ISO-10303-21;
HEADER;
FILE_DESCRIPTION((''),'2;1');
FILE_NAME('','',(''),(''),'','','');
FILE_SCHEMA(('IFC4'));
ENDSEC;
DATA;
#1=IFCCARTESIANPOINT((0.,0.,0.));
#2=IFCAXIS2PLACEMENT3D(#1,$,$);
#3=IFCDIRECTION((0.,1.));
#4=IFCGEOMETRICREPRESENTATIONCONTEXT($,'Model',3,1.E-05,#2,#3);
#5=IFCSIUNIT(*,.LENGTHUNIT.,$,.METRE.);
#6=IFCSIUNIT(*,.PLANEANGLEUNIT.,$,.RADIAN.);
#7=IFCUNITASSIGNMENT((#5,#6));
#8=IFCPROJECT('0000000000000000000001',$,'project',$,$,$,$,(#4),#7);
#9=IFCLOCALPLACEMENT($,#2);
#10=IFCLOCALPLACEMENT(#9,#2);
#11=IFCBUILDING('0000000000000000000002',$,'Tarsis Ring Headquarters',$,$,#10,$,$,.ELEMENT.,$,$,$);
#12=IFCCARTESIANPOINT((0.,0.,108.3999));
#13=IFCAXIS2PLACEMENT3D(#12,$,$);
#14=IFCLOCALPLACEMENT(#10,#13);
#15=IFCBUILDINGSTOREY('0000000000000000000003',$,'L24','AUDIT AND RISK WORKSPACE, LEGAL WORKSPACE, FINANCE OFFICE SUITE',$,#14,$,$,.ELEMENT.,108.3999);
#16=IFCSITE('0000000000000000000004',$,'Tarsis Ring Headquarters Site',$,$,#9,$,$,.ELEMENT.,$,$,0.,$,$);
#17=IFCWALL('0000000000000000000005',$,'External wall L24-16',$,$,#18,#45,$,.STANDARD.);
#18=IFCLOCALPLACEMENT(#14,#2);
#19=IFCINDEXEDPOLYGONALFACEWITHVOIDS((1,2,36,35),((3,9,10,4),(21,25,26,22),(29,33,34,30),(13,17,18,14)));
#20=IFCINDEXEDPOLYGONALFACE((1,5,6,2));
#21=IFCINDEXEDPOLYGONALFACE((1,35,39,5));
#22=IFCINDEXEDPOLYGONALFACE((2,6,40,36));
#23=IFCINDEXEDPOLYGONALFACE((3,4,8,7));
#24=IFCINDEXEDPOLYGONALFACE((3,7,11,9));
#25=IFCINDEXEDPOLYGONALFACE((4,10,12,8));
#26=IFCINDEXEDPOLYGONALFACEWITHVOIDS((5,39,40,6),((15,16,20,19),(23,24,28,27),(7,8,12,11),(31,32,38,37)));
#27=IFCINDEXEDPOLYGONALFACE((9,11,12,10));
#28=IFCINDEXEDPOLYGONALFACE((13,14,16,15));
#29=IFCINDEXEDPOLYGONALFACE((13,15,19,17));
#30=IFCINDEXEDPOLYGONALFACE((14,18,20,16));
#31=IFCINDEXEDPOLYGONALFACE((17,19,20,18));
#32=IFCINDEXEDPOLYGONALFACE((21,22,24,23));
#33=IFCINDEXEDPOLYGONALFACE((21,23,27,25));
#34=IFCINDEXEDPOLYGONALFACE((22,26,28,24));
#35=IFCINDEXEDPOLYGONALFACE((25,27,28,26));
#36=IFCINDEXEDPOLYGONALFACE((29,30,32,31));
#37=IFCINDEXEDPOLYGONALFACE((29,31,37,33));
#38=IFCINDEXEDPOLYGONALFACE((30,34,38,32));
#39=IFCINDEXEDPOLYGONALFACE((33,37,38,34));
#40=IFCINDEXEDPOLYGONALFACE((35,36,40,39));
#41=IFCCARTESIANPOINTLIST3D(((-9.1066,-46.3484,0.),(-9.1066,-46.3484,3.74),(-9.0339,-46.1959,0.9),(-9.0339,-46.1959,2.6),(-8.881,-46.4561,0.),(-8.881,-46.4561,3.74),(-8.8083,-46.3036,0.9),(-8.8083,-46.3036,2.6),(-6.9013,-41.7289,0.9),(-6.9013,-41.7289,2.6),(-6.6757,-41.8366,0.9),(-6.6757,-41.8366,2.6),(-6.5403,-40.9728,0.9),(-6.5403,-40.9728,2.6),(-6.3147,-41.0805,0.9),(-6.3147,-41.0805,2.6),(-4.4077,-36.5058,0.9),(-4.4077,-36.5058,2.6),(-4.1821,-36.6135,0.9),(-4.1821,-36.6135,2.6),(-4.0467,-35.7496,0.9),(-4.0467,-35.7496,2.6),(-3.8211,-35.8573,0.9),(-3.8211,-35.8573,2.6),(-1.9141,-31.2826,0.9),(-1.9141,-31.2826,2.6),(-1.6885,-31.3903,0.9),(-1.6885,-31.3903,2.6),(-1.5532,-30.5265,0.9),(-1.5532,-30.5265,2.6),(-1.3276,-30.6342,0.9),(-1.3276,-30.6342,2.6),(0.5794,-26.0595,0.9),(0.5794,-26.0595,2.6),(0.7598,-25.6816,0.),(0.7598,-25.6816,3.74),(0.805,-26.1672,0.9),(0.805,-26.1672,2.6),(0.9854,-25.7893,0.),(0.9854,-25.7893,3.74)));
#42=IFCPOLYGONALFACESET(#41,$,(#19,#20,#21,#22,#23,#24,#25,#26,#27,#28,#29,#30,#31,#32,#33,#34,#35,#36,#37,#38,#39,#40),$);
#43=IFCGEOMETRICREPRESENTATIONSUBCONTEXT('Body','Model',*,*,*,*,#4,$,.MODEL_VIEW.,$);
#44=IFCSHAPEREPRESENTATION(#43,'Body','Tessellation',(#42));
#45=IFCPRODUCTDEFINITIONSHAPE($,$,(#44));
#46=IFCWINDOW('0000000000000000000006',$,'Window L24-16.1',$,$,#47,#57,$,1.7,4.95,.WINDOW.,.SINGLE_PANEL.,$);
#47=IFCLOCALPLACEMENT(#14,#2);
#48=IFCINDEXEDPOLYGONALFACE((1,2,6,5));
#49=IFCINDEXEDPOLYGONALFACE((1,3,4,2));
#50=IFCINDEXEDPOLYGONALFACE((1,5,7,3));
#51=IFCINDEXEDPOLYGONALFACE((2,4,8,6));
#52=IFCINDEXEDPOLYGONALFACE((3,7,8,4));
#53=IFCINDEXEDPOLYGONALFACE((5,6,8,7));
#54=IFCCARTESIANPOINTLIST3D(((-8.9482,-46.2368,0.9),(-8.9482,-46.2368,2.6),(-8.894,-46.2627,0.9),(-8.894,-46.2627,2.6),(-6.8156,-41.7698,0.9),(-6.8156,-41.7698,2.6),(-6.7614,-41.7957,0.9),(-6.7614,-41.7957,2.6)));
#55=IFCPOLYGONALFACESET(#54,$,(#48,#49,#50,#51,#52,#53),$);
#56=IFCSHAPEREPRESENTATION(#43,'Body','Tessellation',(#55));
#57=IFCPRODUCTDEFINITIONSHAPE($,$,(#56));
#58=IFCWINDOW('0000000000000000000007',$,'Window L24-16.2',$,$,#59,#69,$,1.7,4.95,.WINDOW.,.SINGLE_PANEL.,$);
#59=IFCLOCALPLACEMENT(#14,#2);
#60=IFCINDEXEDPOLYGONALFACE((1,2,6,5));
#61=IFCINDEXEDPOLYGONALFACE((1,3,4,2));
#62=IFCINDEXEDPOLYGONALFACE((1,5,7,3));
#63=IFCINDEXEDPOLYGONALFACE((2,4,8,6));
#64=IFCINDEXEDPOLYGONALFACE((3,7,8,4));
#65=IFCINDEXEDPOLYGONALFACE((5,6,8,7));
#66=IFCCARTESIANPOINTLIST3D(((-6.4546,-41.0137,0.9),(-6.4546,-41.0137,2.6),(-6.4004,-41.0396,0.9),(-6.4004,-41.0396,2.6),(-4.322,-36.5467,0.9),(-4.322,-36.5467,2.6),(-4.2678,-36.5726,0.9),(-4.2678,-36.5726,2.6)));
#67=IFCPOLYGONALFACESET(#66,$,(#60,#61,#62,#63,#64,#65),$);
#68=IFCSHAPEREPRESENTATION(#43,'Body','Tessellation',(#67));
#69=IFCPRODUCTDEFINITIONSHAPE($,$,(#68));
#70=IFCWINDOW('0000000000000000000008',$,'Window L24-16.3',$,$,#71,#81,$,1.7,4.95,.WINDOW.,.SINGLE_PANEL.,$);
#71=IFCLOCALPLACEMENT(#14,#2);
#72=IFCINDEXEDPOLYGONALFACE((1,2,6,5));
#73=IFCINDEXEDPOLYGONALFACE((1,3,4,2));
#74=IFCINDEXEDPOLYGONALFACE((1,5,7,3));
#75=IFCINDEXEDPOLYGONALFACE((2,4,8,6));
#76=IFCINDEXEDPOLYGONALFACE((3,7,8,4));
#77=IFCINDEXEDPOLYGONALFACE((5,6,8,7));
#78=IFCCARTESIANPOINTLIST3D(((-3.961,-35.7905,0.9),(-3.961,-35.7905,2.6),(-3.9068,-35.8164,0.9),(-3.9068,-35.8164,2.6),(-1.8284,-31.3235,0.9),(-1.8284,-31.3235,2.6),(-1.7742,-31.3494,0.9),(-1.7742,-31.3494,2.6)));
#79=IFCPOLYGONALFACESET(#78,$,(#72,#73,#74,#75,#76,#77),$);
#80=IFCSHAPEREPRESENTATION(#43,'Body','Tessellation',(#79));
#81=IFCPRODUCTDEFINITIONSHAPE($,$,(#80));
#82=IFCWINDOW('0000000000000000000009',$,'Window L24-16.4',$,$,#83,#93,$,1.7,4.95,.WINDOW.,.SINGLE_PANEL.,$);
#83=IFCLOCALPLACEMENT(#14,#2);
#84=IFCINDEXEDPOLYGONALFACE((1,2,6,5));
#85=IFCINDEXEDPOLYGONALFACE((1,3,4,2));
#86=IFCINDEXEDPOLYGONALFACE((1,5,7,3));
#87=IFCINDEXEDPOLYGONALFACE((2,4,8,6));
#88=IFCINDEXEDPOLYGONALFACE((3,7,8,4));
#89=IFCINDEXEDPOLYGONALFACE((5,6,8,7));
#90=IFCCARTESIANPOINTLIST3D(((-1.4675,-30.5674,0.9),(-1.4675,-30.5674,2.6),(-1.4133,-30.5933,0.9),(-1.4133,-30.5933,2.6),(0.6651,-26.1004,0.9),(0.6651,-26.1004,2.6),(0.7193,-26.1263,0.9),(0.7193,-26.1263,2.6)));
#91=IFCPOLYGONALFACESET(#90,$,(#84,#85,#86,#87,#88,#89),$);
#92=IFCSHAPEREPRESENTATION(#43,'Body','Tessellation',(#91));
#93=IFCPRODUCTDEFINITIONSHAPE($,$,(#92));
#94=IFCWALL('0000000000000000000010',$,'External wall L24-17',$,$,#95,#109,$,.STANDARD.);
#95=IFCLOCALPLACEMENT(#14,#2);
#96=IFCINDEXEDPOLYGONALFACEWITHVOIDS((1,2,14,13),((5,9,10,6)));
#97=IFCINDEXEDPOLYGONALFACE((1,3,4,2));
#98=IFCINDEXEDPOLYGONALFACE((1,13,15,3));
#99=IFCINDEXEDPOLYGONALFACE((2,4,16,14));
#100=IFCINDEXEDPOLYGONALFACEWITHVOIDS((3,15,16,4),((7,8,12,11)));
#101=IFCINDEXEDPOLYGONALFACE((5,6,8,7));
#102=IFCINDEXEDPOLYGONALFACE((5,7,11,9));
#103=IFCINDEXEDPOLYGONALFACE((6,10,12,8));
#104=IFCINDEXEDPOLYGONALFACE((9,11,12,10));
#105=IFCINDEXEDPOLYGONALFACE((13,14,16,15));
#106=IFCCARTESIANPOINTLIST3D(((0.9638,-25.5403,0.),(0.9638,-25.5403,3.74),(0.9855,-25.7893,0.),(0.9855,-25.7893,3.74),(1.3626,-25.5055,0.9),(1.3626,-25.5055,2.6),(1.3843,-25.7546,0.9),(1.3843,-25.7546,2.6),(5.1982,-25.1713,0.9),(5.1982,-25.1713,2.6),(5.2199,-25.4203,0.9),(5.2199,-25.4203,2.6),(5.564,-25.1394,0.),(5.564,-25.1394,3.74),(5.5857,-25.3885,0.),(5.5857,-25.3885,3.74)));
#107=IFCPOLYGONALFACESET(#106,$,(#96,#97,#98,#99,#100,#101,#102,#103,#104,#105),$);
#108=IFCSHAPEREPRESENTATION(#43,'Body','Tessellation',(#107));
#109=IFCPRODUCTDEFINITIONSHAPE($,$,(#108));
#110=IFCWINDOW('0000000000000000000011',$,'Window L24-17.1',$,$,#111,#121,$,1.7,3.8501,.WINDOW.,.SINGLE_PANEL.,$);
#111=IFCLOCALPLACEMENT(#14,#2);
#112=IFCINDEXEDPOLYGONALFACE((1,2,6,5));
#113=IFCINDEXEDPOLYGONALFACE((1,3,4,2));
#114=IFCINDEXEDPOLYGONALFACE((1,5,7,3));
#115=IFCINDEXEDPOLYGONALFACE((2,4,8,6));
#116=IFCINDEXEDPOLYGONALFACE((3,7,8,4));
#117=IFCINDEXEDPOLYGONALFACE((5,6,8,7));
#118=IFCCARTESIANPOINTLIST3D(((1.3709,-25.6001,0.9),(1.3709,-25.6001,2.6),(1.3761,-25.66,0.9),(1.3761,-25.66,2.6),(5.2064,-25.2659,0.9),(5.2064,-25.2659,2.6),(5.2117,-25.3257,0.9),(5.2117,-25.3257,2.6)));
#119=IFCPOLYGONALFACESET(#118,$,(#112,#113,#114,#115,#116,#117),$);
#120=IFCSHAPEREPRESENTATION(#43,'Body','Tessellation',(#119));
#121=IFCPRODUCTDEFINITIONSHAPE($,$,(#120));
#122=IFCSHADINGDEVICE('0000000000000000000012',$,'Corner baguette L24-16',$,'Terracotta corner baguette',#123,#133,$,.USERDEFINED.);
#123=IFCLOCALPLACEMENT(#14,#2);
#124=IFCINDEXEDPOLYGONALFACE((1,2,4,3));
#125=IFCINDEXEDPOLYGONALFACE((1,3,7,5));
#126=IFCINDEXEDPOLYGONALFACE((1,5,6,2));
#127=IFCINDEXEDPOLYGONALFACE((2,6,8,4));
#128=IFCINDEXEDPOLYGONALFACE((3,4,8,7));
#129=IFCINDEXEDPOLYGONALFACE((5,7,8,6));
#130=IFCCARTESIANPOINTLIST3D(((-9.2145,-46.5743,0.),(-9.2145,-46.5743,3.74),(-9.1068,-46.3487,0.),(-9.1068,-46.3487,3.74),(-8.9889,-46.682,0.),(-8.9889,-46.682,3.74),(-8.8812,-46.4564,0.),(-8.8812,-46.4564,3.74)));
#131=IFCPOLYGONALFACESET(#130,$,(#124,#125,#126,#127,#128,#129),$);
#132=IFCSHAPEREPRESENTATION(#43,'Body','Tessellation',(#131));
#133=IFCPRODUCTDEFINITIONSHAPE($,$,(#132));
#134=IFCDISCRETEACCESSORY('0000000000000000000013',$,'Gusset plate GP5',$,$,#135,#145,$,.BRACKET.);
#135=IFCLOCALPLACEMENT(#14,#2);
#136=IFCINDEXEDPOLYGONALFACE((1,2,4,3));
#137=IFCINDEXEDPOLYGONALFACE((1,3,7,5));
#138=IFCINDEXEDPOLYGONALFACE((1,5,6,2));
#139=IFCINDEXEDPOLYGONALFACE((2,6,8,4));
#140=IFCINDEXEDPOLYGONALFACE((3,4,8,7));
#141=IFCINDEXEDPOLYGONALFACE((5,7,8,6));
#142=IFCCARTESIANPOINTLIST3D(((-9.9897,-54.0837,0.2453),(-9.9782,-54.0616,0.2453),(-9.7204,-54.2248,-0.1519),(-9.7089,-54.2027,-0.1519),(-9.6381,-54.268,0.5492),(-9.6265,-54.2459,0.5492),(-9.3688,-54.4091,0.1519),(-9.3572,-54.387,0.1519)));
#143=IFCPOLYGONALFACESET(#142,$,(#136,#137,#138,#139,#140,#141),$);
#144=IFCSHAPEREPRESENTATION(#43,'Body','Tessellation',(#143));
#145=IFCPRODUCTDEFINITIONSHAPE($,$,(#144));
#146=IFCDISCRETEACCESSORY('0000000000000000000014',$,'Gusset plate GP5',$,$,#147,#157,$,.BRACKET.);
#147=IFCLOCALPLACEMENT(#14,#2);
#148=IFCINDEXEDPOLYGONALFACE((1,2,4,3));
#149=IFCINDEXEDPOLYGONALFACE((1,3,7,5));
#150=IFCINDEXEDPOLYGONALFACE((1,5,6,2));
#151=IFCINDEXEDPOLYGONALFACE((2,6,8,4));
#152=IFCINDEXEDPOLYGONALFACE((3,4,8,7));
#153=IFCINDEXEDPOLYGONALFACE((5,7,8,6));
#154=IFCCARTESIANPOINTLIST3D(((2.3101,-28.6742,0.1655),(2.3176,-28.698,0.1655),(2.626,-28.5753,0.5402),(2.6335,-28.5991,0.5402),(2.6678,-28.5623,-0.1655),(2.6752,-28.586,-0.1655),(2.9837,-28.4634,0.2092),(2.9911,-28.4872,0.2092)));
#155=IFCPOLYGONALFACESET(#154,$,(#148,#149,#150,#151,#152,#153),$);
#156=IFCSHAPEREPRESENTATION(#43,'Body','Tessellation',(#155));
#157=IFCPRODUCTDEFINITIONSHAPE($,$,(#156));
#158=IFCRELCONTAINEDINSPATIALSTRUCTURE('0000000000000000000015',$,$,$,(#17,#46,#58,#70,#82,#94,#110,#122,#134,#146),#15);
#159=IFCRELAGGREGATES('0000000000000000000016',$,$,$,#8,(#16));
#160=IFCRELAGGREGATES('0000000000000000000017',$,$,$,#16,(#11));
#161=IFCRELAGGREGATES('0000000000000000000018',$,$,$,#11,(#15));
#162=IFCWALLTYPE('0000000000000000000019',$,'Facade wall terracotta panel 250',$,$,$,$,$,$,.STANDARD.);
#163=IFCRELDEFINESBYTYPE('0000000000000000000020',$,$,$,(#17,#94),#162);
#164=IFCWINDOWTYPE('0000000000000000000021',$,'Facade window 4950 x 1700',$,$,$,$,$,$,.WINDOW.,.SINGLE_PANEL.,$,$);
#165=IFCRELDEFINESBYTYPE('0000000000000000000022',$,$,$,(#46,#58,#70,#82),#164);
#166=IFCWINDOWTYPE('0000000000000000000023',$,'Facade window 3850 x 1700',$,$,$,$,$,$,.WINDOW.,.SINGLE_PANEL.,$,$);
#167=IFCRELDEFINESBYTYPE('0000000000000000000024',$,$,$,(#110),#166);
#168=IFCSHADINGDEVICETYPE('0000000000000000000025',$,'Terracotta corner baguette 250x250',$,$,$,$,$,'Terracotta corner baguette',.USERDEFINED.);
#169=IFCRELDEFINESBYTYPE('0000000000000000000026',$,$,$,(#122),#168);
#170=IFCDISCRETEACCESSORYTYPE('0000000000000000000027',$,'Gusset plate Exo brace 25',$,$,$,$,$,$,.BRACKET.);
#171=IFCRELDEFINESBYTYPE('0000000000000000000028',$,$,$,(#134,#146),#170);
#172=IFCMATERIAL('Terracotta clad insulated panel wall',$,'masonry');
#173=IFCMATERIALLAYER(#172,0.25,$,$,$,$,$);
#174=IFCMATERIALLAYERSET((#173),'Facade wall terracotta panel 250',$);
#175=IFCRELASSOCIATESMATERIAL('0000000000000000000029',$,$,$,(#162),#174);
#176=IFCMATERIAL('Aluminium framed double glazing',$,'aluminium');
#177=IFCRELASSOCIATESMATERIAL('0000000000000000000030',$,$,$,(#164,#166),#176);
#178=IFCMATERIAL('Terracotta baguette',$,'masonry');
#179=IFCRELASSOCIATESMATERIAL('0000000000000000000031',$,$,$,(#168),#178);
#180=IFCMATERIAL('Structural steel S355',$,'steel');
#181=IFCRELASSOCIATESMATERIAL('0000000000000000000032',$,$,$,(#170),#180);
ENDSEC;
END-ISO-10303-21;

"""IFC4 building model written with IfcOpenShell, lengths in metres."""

from ifc_helpers import new_model, si_unit, direction, frame, frame_2d, origin, origin_2d, place, context, subcontext, project, spatial, rectangle, extrude, material, layer, layer_set, material_profile, profile_set, type_object, element, fill, save


model = new_model("IFC4")

# Units and contexts
model_context = context("Model", 3, precision=1e-05, world=origin(), true_north=direction((0.0, 1.0)))
body_context = subcontext(model_context, "Body", "Model", "MODEL_VIEW")
ifc_project = project(units=[si_unit("LENGTHUNIT", "METRE"), si_unit("PLANEANGLEUNIT", "RADIAN")], contexts=[model_context])

# Site, building, storey
site_placement = place(None, origin())
site = spatial("IfcSite", under=ifc_project, at=site_placement, Name="Tarsis Ring Headquarters Site", CompositionType="ELEMENT", RefElevation=0.0)
building_placement = place(site_placement, origin())
building = spatial("IfcBuilding", under=site, at=building_placement, Name="Tarsis Ring Headquarters", CompositionType="ELEMENT")
storey_placement = place(building_placement, frame((0.0, 0.0, 108.3999)))
storey = spatial("IfcBuildingStorey", under=building, at=storey_placement, Name="L24", Description="AUDIT AND RISK WORKSPACE, LEGAL WORKSPACE, FINANCE OFFICE SUITE", CompositionType="ELEMENT", Elevation=108.3999)

# Shared definitions
ifc_material_1 = material(Name="Structural steel S355", Category="steel")

# Wall, openings, windows
ifc_material_2 = material(Name="Terracotta clad insulated panel wall", Category="masonry")
ifc_layer_1 = layer(ifc_material_2, 0.25)
ifc_layer_set_1 = layer_set([ifc_layer_1], Name="Facade wall terracotta panel 250")
wall_type_1 = type_object("IfcWallType", Name="Facade wall terracotta panel 250", PredefinedType="STANDARD", material=ifc_layer_set_1)
wall_1_placement = place(storey_placement, frame((-8.9939, -46.4023, 0.0), z_axis=(0.0, 0.0, 1.0), x_axis=(0.430828, 0.902434, 0.0)))
wall_1 = element("IfcWall", 1, at=wall_1_placement, inside=storey, type_object=wall_type_1, Name="External wall L24-16", PredefinedType="STANDARD", context=body_context, shape_type="SweptSolid", body=[
    extrude(rectangle(XDim=22.9011, YDim=0.25, at=frame_2d((11.4507, 0.0))), origin(), (0.0, 0.0, 1.0), 3.74),
])
opening_1_placement = place(wall_1_placement, frame((0.1689, 0.0, 0.8999)))
opening_1 = element("IfcOpeningElement", 2, at=opening_1_placement, cuts=wall_1, PredefinedType="OPENING", context=body_context, shape_type="SweptSolid", body=[
    extrude(rectangle(XDim=4.95, YDim=1.7, at=frame_2d((2.4751, 0.8501))), frame((0.0, 0.135, 0.0), z_axis=(0.0, -1.0, 0.0), x_axis=(1.0, 0.0, 0.0)), (0.0, 0.0, 1.0), 0.27),
])
opening_2_placement = place(wall_1_placement, frame((5.9568, 0.0, 0.8999)))
opening_2 = element("IfcOpeningElement", 3, at=opening_2_placement, cuts=wall_1, PredefinedType="OPENING", context=body_context, shape_type="SweptSolid", body=[
    extrude(rectangle(XDim=4.95, YDim=1.7, at=frame_2d((2.4751, 0.8501))), frame((0.0, 0.135, 0.0), z_axis=(0.0, -1.0, 0.0), x_axis=(1.0, 0.0, 0.0)), (0.0, 0.0, 1.0), 0.27),
])
opening_3_placement = place(wall_1_placement, frame((11.7446, 0.0, 0.8999)))
opening_3 = element("IfcOpeningElement", 4, at=opening_3_placement, cuts=wall_1, PredefinedType="OPENING", context=body_context, shape_type="SweptSolid", body=[
    extrude(rectangle(XDim=4.95, YDim=1.7, at=frame_2d((2.4751, 0.8501))), frame((0.0, 0.135, 0.0), z_axis=(0.0, -1.0, 0.0), x_axis=(1.0, 0.0, 0.0)), (0.0, 0.0, 1.0), 0.27),
])
opening_4_placement = place(wall_1_placement, frame((17.5325, 0.0, 0.8999)))
opening_4 = element("IfcOpeningElement", 5, at=opening_4_placement, cuts=wall_1, PredefinedType="OPENING", context=body_context, shape_type="SweptSolid", body=[
    extrude(rectangle(XDim=4.95, YDim=1.7, at=frame_2d((2.4751, 0.8501))), frame((0.0, 0.135, 0.0), z_axis=(0.0, -1.0, 0.0), x_axis=(1.0, 0.0, 0.0)), (0.0, 0.0, 1.0), 0.27),
])
ifc_material_3 = material(Name="Aluminium framed double glazing", Category="aluminium")
window_type_1 = type_object("IfcWindowType", Name="Facade window 4950 x 1700", PartitioningType="SINGLE_PANEL", PredefinedType="WINDOW", material=ifc_material_3)
window_1_placement = place(opening_1_placement, origin())
window_1 = element("IfcWindow", 6, at=window_1_placement, inside=storey, type_object=window_type_1, Name="Window L24-16.1", OverallHeight=1.7, OverallWidth=4.95, PartitioningType="SINGLE_PANEL", PredefinedType="WINDOW", context=body_context, shape_type="SweptSolid", body=[
    extrude(rectangle(XDim=4.95, YDim=1.7, at=frame_2d((2.4751, 0.8501))), frame((0.0, 0.03, 0.0), z_axis=(0.0, -1.0, 0.0), x_axis=(1.0, 0.0, 0.0)), (0.0, 0.0, 1.0), 0.0601),
])
fill(opening_1, window_1)
window_2_placement = place(opening_2_placement, origin())
window_2 = element("IfcWindow", 7, at=window_2_placement, inside=storey, type_object=window_type_1, Name="Window L24-16.2", OverallHeight=1.7, OverallWidth=4.95, PartitioningType="SINGLE_PANEL", PredefinedType="WINDOW", context=body_context, shape_type="SweptSolid", body=[
    extrude(rectangle(XDim=4.95, YDim=1.7, at=frame_2d((2.4751, 0.8501))), frame((0.0, 0.03, 0.0), z_axis=(0.0, -1.0, 0.0), x_axis=(1.0, 0.0, 0.0)), (0.0, 0.0, 1.0), 0.0601),
])
fill(opening_2, window_2)
window_3_placement = place(opening_3_placement, origin())
window_3 = element("IfcWindow", 8, at=window_3_placement, inside=storey, type_object=window_type_1, Name="Window L24-16.3", OverallHeight=1.7, OverallWidth=4.95, PartitioningType="SINGLE_PANEL", PredefinedType="WINDOW", context=body_context, shape_type="SweptSolid", body=[
    extrude(rectangle(XDim=4.95, YDim=1.7, at=frame_2d((2.4751, 0.8501))), frame((0.0, 0.03, 0.0), z_axis=(0.0, -1.0, 0.0), x_axis=(1.0, 0.0, 0.0)), (0.0, 0.0, 1.0), 0.0601),
])
fill(opening_3, window_3)
window_4_placement = place(opening_4_placement, origin())
window_4 = element("IfcWindow", 9, at=window_4_placement, inside=storey, type_object=window_type_1, Name="Window L24-16.4", OverallHeight=1.7, OverallWidth=4.95, PartitioningType="SINGLE_PANEL", PredefinedType="WINDOW", context=body_context, shape_type="SweptSolid", body=[
    extrude(rectangle(XDim=4.95, YDim=1.7, at=frame_2d((2.4751, 0.8501))), frame((0.0, 0.03, 0.0), z_axis=(0.0, -1.0, 0.0), x_axis=(1.0, 0.0, 0.0)), (0.0, 0.0, 1.0), 0.0601),
])
fill(opening_4, window_4)

# Wall, opening, window
wall_2_placement = place(storey_placement, frame((0.9746, -25.6648, 0.0), z_axis=(0.0, 0.0, 1.0), x_axis=(0.996225, 0.086812, 0.0)))
wall_2 = element("IfcWall", 10, at=wall_2_placement, inside=storey, type_object=wall_type_1, Name="External wall L24-17", PredefinedType="STANDARD", context=body_context, shape_type="SweptSolid", body=[
    extrude(rectangle(XDim=4.6177, YDim=0.25, at=frame_2d((2.3088, 0.0))), origin(), (0.0, 0.0, 1.0), 3.74),
])
opening_5_placement = place(wall_2_placement, frame((0.4004, 0.0, 0.8999)))
opening_5 = element("IfcOpeningElement", 11, at=opening_5_placement, cuts=wall_2, PredefinedType="OPENING", context=body_context, shape_type="SweptSolid", body=[
    extrude(rectangle(XDim=3.8501, YDim=1.7, at=frame_2d((1.925, 0.8501))), frame((0.0, 0.135, 0.0), z_axis=(0.0, -1.0, 0.0), x_axis=(1.0, 0.0, 0.0)), (0.0, 0.0, 1.0), 0.27),
])
window_type_2 = type_object("IfcWindowType", Name="Facade window 3850 x 1700", PartitioningType="SINGLE_PANEL", PredefinedType="WINDOW", material=ifc_material_3)
window_5_placement = place(opening_5_placement, origin())
window_5 = element("IfcWindow", 12, at=window_5_placement, inside=storey, type_object=window_type_2, Name="Window L24-17.1", OverallHeight=1.7, OverallWidth=3.8501, PartitioningType="SINGLE_PANEL", PredefinedType="WINDOW", context=body_context, shape_type="SweptSolid", body=[
    extrude(rectangle(XDim=3.8501, YDim=1.7, at=frame_2d((1.925, 0.8501))), frame((0.0, 0.03, 0.0), z_axis=(0.0, -1.0, 0.0), x_axis=(1.0, 0.0, 0.0)), (0.0, 0.0, 1.0), 0.0601),
])
fill(opening_5, window_5)

# Shading device
ifc_material_4 = material(Name="Terracotta baguette", Category="masonry")
shading_device_type_1 = type_object("IfcShadingDeviceType", Name="Terracotta corner baguette 250x250", ElementType="Terracotta corner baguette", PredefinedType="USERDEFINED", material=ifc_material_4)
shading_device_1_placement = place(storey_placement, frame((-9.0479, -46.5154, 0.0), z_axis=(0.0, 0.0, 1.0), x_axis=(0.902435, -0.430826, 0.0)))
element("IfcShadingDevice", 13, at=shading_device_1_placement, inside=storey, type_object=shading_device_type_1, Name="Corner baguette L24-16", ObjectType="Terracotta corner baguette", PredefinedType="USERDEFINED", context=body_context, shape_type="SweptSolid", body=[
    extrude(rectangle(XDim=0.25, YDim=0.25, at=origin_2d()), origin(), (0.0, 0.0, 1.0), 3.74),
])

# Discrete accessories
ifc_material_profile_1 = material_profile(ifc_material_1, rectangle(XDim=0.0249, YDim=0.5, at=origin_2d()), Name="PL 25x500")
ifc_profile_set_1 = profile_set([ifc_material_profile_1], Name="Structural steel S355")
discrete_accessory_type = type_object("IfcDiscreteAccessoryType", Name="Gusset plate Exo brace 25", PredefinedType="BRACKET", material=ifc_profile_set_1)
discrete_accessory_1_placement = place(storey_placement, frame((-9.5388, -54.3059, 0.0), z_axis=(-0.538348, 0.282108, 0.794101), x_axis=(-0.464157, -0.885753, 0.0)))
element("IfcDiscreteAccessory", 14, at=discrete_accessory_1_placement, inside=storey, type_object=discrete_accessory_type, Name="Gusset plate GP5", PredefinedType="BRACKET", context=body_context, shape_type="SweptSolid", body=[
    extrude(rectangle(XDim=0.0249, YDim=0.5, at=origin_2d()), origin(), (0.0, 0.0, 1.0), 0.5002),
])
discrete_accessory_2_placement = place(storey_placement, frame((2.4927, -28.6301, 0.0), z_axis=(0.631807, 0.197745, 0.749478), x_axis=(-0.298695, 0.954349, 0.0)))
element("IfcDiscreteAccessory", 15, at=discrete_accessory_2_placement, inside=storey, type_object=discrete_accessory_type, Name="Gusset plate GP5", PredefinedType="BRACKET", context=body_context, shape_type="SweptSolid", body=[
    extrude(rectangle(XDim=0.0249, YDim=0.5, at=origin_2d()), origin(), (0.0, 0.0, 1.0), 0.5),
])

save(model, "model.ifc")
